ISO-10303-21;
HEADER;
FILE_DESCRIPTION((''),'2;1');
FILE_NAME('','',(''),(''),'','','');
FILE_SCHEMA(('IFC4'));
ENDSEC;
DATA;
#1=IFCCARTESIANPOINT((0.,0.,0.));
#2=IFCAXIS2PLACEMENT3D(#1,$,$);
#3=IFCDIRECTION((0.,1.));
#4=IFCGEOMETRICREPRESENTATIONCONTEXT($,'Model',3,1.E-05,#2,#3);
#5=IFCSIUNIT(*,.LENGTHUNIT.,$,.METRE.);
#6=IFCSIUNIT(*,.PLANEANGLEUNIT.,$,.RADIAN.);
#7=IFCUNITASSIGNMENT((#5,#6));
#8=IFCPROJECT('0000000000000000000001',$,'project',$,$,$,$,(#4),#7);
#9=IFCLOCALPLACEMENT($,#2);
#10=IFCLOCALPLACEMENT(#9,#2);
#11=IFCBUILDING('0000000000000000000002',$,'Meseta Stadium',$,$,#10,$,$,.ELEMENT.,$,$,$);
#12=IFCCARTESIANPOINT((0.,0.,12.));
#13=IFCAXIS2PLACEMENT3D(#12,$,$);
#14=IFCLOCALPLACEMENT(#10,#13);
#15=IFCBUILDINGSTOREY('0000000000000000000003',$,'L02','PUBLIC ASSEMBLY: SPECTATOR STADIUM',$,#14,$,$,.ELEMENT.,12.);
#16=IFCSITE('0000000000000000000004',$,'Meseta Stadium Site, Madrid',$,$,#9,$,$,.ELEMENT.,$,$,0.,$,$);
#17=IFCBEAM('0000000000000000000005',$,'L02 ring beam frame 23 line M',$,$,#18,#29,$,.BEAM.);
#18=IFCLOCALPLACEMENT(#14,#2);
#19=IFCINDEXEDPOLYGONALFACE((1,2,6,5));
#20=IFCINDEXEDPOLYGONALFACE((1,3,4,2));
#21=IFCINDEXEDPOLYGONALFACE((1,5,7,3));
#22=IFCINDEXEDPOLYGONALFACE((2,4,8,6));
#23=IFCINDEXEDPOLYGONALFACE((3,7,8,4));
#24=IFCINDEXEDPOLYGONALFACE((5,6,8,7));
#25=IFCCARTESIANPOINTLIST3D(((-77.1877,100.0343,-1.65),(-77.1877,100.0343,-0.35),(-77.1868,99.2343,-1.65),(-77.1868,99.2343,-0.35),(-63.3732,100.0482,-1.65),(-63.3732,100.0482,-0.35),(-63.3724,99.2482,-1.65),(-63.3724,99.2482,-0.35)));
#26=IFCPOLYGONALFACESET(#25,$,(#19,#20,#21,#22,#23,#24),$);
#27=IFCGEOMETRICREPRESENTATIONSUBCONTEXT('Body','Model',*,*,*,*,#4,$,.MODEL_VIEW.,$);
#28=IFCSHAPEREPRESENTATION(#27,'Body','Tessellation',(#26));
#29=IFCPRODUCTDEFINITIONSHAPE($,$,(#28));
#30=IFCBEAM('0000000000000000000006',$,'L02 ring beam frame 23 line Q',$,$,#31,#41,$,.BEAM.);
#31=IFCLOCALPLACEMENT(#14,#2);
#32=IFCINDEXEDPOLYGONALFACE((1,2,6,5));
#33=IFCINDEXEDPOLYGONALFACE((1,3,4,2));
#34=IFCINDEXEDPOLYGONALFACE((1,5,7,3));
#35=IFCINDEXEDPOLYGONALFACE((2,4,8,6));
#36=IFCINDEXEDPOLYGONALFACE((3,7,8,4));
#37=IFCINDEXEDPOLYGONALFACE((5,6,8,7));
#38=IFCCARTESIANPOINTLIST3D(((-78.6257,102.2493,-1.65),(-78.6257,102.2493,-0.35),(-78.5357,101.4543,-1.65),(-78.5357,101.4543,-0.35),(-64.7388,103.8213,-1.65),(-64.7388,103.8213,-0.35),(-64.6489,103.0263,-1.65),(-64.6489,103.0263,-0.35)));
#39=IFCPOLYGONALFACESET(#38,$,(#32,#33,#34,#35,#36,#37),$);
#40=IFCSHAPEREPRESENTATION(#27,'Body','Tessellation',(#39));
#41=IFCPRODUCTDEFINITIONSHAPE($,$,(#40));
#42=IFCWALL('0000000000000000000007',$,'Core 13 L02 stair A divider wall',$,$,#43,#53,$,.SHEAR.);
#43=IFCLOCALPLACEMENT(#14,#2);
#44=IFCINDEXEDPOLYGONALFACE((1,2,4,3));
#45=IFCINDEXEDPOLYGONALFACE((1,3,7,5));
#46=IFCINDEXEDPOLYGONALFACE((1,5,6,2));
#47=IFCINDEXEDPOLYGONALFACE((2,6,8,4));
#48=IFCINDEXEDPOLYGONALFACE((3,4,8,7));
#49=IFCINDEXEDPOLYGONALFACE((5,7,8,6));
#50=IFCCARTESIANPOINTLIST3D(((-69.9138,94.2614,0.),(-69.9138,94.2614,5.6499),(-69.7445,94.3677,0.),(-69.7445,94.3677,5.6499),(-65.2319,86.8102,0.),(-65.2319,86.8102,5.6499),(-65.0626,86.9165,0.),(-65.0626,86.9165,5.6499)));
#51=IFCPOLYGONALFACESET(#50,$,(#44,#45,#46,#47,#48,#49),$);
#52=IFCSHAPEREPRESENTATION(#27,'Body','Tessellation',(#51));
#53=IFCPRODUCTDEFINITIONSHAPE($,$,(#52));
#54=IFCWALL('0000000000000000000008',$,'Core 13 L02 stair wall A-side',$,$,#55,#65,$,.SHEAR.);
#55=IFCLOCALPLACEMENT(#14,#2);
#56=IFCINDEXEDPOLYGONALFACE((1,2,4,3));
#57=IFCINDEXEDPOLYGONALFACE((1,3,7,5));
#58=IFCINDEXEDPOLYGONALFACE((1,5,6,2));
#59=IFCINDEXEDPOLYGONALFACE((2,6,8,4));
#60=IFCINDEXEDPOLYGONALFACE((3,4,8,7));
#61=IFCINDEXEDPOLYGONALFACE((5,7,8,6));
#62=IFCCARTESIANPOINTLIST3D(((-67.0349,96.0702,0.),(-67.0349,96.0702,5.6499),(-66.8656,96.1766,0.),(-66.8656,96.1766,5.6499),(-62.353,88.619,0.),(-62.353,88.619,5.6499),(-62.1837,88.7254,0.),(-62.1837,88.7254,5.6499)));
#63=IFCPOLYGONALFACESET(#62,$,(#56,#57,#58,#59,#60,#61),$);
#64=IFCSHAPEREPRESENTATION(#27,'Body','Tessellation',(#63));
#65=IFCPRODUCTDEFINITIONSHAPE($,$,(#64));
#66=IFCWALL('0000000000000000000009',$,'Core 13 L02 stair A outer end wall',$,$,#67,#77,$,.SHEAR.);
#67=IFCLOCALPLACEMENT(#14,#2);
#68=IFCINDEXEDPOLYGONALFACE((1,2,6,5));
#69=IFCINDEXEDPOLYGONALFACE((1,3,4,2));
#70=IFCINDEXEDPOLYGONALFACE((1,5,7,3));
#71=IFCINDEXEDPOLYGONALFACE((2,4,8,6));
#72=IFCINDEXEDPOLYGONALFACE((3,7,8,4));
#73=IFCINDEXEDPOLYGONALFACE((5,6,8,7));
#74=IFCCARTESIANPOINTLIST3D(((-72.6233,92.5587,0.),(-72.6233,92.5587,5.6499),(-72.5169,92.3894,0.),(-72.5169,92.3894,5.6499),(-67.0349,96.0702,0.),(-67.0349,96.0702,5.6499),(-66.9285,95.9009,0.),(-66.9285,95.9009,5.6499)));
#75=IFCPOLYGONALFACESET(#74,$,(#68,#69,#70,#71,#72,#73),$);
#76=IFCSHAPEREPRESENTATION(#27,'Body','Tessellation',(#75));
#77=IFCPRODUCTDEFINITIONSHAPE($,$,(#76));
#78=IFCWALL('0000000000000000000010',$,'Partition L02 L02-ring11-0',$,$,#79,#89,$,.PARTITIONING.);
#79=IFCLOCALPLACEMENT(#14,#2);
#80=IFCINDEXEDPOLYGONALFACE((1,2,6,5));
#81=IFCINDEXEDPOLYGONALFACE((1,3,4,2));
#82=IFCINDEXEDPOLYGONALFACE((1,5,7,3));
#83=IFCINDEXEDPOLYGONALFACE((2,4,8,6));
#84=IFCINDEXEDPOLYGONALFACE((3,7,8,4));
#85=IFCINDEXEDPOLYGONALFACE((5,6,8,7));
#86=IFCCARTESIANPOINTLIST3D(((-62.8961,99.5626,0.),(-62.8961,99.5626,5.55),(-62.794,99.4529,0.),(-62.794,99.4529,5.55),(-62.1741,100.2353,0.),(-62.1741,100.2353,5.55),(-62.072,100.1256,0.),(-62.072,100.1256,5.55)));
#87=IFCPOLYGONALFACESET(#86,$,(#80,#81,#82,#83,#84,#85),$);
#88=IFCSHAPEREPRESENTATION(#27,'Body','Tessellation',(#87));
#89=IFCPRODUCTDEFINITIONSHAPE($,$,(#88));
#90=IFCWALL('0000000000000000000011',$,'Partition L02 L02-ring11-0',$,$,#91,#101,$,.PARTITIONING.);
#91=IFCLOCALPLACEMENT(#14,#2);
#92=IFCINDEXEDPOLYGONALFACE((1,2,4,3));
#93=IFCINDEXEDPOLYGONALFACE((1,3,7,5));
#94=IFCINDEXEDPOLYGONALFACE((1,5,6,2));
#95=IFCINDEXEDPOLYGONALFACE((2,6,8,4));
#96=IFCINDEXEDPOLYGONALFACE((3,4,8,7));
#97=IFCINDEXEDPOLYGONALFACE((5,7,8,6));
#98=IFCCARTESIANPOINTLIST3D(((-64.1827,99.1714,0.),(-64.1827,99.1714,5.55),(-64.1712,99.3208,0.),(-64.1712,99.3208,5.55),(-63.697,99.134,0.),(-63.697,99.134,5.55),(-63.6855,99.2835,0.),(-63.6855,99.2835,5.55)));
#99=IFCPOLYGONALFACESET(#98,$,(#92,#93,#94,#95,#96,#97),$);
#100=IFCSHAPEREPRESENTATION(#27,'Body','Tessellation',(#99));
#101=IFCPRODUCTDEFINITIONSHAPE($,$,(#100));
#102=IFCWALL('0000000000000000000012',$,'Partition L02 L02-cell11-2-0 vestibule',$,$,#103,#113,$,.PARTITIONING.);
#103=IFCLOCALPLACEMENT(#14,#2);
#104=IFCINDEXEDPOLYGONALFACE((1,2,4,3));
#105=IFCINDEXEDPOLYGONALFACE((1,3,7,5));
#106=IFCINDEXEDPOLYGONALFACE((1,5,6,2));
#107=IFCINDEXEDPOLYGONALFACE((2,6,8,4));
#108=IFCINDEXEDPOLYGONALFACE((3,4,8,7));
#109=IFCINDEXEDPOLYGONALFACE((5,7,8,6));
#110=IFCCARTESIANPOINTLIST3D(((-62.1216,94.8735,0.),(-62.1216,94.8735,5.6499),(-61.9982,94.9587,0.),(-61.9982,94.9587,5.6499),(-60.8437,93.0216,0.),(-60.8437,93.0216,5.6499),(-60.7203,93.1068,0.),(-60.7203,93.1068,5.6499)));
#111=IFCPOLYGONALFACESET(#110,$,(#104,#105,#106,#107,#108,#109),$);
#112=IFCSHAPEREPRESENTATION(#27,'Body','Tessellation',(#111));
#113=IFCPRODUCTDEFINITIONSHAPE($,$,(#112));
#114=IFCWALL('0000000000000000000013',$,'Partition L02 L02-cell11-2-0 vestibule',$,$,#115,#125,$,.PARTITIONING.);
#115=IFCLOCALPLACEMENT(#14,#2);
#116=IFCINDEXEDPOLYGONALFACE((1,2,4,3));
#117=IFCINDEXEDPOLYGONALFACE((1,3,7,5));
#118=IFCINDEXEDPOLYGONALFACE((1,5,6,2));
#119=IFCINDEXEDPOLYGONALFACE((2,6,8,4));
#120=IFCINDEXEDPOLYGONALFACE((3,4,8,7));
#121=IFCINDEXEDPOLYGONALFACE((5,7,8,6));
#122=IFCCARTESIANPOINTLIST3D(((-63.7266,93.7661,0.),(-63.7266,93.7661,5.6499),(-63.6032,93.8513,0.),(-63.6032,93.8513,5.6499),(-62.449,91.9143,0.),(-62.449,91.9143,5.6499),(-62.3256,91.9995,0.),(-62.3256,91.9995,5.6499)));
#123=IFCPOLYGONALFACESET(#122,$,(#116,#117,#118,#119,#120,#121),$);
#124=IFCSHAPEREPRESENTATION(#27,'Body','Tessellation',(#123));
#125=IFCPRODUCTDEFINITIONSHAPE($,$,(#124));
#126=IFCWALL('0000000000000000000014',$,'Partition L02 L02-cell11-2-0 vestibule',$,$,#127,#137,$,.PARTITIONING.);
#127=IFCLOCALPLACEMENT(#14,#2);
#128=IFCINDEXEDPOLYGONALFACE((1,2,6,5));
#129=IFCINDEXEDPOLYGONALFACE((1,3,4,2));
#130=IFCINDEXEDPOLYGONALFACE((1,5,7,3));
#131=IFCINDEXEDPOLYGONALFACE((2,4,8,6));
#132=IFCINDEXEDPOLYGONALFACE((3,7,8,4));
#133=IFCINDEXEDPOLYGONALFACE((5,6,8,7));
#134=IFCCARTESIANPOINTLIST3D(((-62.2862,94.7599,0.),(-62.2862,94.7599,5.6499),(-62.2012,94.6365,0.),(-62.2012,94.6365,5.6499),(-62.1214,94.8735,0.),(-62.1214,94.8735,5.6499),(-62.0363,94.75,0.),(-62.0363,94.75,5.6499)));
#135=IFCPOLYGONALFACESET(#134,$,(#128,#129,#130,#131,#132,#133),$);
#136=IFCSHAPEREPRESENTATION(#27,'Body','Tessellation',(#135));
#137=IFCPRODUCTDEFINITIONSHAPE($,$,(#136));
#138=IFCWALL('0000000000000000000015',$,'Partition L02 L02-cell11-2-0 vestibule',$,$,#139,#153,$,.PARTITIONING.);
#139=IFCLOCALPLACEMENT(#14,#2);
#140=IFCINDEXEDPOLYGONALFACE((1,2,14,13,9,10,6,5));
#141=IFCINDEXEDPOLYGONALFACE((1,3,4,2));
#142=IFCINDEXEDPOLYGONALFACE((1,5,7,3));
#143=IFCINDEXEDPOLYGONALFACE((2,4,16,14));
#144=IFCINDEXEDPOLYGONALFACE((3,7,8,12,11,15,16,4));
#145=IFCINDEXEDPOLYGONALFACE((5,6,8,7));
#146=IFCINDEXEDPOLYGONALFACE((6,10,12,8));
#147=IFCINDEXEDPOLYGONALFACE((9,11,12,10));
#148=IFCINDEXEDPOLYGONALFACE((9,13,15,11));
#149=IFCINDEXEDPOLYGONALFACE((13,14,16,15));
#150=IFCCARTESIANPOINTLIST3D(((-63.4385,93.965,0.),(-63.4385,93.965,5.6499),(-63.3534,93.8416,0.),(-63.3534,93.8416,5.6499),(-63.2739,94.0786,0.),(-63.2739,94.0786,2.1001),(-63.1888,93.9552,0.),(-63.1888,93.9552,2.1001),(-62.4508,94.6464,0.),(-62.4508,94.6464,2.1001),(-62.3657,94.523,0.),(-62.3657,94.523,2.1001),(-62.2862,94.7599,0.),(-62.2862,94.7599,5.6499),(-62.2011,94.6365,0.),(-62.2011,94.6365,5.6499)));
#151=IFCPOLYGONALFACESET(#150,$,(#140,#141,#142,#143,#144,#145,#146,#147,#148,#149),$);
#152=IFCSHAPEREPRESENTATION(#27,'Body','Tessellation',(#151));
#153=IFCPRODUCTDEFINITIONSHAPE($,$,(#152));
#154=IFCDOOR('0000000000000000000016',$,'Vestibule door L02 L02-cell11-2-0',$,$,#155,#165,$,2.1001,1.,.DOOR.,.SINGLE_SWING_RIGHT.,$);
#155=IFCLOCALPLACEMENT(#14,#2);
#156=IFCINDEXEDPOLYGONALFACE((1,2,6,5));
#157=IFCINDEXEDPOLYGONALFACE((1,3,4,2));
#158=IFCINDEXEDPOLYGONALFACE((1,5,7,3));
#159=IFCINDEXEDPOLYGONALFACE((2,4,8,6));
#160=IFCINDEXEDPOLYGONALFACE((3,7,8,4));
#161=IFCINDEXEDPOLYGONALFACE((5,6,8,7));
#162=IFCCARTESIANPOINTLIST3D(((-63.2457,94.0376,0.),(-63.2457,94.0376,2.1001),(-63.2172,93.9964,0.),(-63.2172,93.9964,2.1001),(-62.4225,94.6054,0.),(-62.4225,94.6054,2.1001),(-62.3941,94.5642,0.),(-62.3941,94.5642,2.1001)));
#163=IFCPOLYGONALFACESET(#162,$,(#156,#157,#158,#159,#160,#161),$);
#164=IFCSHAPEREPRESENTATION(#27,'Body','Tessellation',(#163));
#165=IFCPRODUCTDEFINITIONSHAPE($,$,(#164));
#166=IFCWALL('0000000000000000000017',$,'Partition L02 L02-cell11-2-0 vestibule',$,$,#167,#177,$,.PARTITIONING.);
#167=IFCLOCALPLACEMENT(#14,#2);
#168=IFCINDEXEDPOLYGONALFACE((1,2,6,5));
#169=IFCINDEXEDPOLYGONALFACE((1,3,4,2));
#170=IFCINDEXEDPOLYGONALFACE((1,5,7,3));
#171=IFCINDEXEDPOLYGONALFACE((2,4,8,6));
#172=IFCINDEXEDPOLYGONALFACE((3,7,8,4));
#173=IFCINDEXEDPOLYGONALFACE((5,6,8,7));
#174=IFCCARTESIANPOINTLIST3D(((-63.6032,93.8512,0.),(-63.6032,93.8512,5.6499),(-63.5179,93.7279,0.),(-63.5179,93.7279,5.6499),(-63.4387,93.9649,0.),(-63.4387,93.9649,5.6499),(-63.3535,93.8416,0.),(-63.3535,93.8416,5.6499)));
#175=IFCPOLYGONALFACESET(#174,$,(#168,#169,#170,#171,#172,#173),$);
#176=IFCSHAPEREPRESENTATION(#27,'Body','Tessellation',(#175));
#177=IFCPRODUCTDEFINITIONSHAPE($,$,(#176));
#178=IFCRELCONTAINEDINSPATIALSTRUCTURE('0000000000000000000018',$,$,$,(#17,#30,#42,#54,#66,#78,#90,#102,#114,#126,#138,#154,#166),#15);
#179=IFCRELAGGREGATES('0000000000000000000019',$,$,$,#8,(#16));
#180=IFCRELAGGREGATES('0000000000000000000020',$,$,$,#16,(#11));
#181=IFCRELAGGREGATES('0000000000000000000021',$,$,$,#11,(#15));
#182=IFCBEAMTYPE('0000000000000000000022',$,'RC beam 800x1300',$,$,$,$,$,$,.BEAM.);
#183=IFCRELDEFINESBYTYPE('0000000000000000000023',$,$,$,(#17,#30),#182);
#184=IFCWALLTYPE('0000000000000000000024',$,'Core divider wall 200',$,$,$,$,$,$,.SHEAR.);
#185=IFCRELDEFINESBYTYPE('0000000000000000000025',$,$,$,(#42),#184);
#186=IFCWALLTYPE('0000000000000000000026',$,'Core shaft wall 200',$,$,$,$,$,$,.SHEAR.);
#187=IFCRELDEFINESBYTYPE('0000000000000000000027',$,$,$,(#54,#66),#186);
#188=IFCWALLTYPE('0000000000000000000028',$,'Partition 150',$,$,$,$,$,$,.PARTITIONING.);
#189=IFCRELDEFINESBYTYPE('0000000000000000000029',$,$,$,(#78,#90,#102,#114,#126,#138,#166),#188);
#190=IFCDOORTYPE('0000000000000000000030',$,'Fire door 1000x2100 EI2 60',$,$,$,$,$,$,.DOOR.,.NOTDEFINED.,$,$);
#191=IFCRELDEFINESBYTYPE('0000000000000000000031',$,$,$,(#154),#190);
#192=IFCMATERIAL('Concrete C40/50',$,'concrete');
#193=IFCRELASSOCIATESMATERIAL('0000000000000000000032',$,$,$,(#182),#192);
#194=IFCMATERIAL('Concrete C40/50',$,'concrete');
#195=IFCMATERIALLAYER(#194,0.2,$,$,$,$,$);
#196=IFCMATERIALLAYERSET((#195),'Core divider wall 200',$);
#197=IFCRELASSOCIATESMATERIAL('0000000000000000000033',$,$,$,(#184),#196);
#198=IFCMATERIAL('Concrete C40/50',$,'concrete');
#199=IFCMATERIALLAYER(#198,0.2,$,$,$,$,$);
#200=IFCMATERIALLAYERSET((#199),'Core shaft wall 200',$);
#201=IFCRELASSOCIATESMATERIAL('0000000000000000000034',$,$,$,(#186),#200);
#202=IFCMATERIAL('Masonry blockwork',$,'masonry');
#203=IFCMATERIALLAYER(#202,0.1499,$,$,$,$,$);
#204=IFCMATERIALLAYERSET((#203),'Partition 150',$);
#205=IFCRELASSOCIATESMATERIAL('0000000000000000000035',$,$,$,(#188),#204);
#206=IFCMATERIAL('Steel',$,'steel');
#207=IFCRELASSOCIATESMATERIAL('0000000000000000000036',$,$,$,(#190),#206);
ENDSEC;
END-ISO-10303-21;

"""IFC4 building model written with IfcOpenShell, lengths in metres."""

from ifc_helpers import new_model, si_unit, direction, frame, frame_2d, origin, origin_2d, place, context, subcontext, project, spatial, rectangle, extrude, material, layer, layer_set, material_profile, profile_set, type_object, element, fill, save


model = new_model("IFC4")

# Units and contexts
model_context = context("Model", 3, precision=1e-05, world=origin(), true_north=direction((0.0, 1.0)))
body_context = subcontext(model_context, "Body", "Model", "MODEL_VIEW")
ifc_project = project(units=[si_unit("LENGTHUNIT", "METRE"), si_unit("PLANEANGLEUNIT", "RADIAN")], contexts=[model_context])

# Site, building, storey
site_placement = place(None, origin())
site = spatial("IfcSite", under=ifc_project, at=site_placement, Name="Meseta Stadium Site, Madrid", CompositionType="ELEMENT", RefElevation=0.0)
building_placement = place(site_placement, origin())
building = spatial("IfcBuilding", under=site, at=building_placement, Name="Meseta Stadium", CompositionType="ELEMENT")
storey_placement = place(building_placement, frame((0.0, 0.0, 12.0)))
storey = spatial("IfcBuildingStorey", under=building, at=storey_placement, Name="L02", Description="PUBLIC ASSEMBLY: SPECTATOR STADIUM", CompositionType="ELEMENT", Elevation=12.0)

# Beams
ifc_material_1 = material(Name="Concrete C40/50", Category="concrete")
ifc_material_profile_1 = material_profile(ifc_material_1, rectangle(XDim=0.8, YDim=1.3, at=origin_2d()), Name="RC 800x1300")
ifc_profile_set_1 = profile_set([ifc_material_profile_1], Name="Concrete C40/50")
beam_type_1 = type_object("IfcBeamType", Name="RC beam 800x1300", PredefinedType="BEAM", material=ifc_profile_set_1)
beam_1_placement = place(storey_placement, frame((-63.3728, 99.6482, -1.0), z_axis=(-0.999999, -0.001007, 0.0), x_axis=(0.001007, -0.999999, 0.0)))
element("IfcBeam", 1, at=beam_1_placement, inside=storey, type_object=beam_type_1, Name="L02 ring beam frame 23 line M", PredefinedType="BEAM", context=body_context, shape_type="SweptSolid", body=[
    extrude(rectangle(XDim=0.8, YDim=1.3, at=origin_2d()), origin(), (0.0, 0.0, 1.0), 13.8145),
])
beam_2_placement = place(storey_placement, frame((-64.6938, 103.4238, -1.0), z_axis=(-0.993654, -0.112483, 0.0), x_axis=(0.112483, -0.993654, 0.0)))
element("IfcBeam", 2, at=beam_2_placement, inside=storey, type_object=beam_type_1, Name="L02 ring beam frame 23 line Q", PredefinedType="BEAM", context=body_context, shape_type="SweptSolid", body=[
    extrude(rectangle(XDim=0.8, YDim=1.3, at=origin_2d()), origin(), (0.0, 0.0, 1.0), 13.9756),
])

# Walls
ifc_material_2 = material(Name="Concrete C40/50", Category="concrete")
ifc_layer_1 = layer(ifc_material_2, 0.2)
ifc_layer_set_1 = layer_set([ifc_layer_1], Name="Core divider wall 200")
wall_type_1 = type_object("IfcWallType", Name="Core divider wall 200", PredefinedType="SHEAR", material=ifc_layer_set_1)
wall_1_placement = place(storey_placement, frame((-69.8291, 94.3145, 0.0), z_axis=(0.0, 0.0, 1.0), x_axis=(0.532032, -0.846724, 0.0)))
element("IfcWall", 3, at=wall_1_placement, inside=storey, type_object=wall_type_1, Name="Core 13 L02 stair A divider wall", PredefinedType="SHEAR", context=body_context, shape_type="SweptSolid", body=[
    extrude(rectangle(XDim=8.8, YDim=0.2, at=frame_2d((4.3999, 0.0))), origin(), (0.0, 0.0, 1.0), 5.6499),
])
ifc_material_3 = material(Name="Concrete C40/50", Category="concrete")
ifc_layer_2 = layer(ifc_material_3, 0.2)
ifc_layer_set_2 = layer_set([ifc_layer_2], Name="Core shaft wall 200")
wall_type_2 = type_object("IfcWallType", Name="Core shaft wall 200", PredefinedType="SHEAR", material=ifc_layer_set_2)
wall_2_placement = place(storey_placement, frame((-66.9502, 96.1233, 0.0), z_axis=(0.0, 0.0, 1.0), x_axis=(0.532032, -0.846724, 0.0)))
element("IfcWall", 4, at=wall_2_placement, inside=storey, type_object=wall_type_2, Name="Core 13 L02 stair wall A-side", PredefinedType="SHEAR", context=body_context, shape_type="SweptSolid", body=[
    extrude(rectangle(XDim=8.8, YDim=0.2, at=frame_2d((4.3999, 0.0))), origin(), (0.0, 0.0, 1.0), 5.6499),
])
wall_3_placement = place(storey_placement, frame((-66.9817, 95.9856, 0.0), z_axis=(0.0, 0.0, 1.0), x_axis=(-0.84672, -0.532039, 0.0)))
element("IfcWall", 5, at=wall_3_placement, inside=storey, type_object=wall_type_2, Name="Core 13 L02 stair A outer end wall", PredefinedType="SHEAR", context=body_context, shape_type="SweptSolid", body=[
    extrude(rectangle(XDim=6.6001, YDim=0.2, at=frame_2d((3.3, 0.0))), origin(), (0.0, 0.0, 1.0), 5.6499),
])
ifc_material_4 = material(Name="Masonry blockwork", Category="masonry")
ifc_layer_3 = layer(ifc_material_4, 0.1499)
ifc_layer_set_3 = layer_set([ifc_layer_3], Name="Partition 150")
wall_type_3 = type_object("IfcWallType", Name="Partition 150", PredefinedType="PARTITIONING", material=ifc_layer_set_3)
wall_4_placement = place(storey_placement, frame((-62.123, 100.1804, 0.0), z_axis=(0.0, 0.0, 1.0), x_axis=(-0.731656, -0.681674, 0.0)))
element("IfcWall", 6, at=wall_4_placement, inside=storey, type_object=wall_type_3, Name="Partition L02 L02-ring11-0", PredefinedType="PARTITIONING", context=body_context, shape_type="SweptSolid", body=[
    extrude(rectangle(XDim=0.9868, YDim=0.1499, at=frame_2d((0.4934, 0.0))), origin(), (0.0, 0.0, 1.0), 5.55),
])
wall_5_placement = place(storey_placement, frame((-63.6912, 99.2087, 0.0), z_axis=(0.0, 0.0, 1.0), x_axis=(-0.997054, 0.076696, 0.0)))
element("IfcWall", 7, at=wall_5_placement, inside=storey, type_object=wall_type_3, Name="Partition L02 L02-ring11-0", PredefinedType="PARTITIONING", context=body_context, shape_type="SweptSolid", body=[
    extrude(rectangle(XDim=0.4871, YDim=0.1499, at=frame_2d((0.2437, 0.0))), origin(), (0.0, 0.0, 1.0), 5.55),
])
wall_6_placement = place(storey_placement, frame((-60.782, 93.0642, 0.0), z_axis=(0.0, 0.0, 1.0), x_axis=(-0.567951, 0.823062, 0.0)))
element("IfcWall", 8, at=wall_6_placement, inside=storey, type_object=wall_type_3, Name="Partition L02 L02-cell11-2-0 vestibule", PredefinedType="PARTITIONING", context=body_context, shape_type="SweptSolid", body=[
    extrude(rectangle(XDim=2.25, YDim=0.1499, at=frame_2d((1.125, 0.0))), origin(), (0.0, 0.0, 1.0), 5.6499),
])
wall_7_placement = place(storey_placement, frame((-62.3872, 91.9568, 0.0), z_axis=(0.0, 0.0, 1.0), x_axis=(-0.567877, 0.823113, 0.0)))
element("IfcWall", 9, at=wall_7_placement, inside=storey, type_object=wall_type_3, Name="Partition L02 L02-cell11-2-0 vestibule", PredefinedType="PARTITIONING", context=body_context, shape_type="SweptSolid", body=[
    extrude(rectangle(XDim=2.2498, YDim=0.1499, at=frame_2d((1.125, 0.0))), origin(), (0.0, 0.0, 1.0), 5.6499),
])
wall_8_placement = place(storey_placement, frame((-62.0789, 94.8118, 0.0), z_axis=(0.0, 0.0, 1.0), x_axis=(-0.823508, -0.567305, 0.0)))
element("IfcWall", 10, at=wall_8_placement, inside=storey, type_object=wall_type_3, Name="Partition L02 L02-cell11-2-0 vestibule", PredefinedType="PARTITIONING", context=body_context, shape_type="SweptSolid", body=[
    extrude(rectangle(XDim=0.2002, YDim=0.1499, at=frame_2d((0.1001, 0.0))), origin(), (0.0, 0.0, 1.0), 5.6499),
])

# Wall, opening, door
wall_9_placement = place(storey_placement, frame((-62.2437, 94.6982, 0.0), z_axis=(0.0, 0.0, 1.0), x_axis=(-0.823145, -0.567831, 0.0)))
wall_9 = element("IfcWall", 11, at=wall_9_placement, inside=storey, type_object=wall_type_3, Name="Partition L02 L02-cell11-2-0 vestibule", PredefinedType="PARTITIONING", context=body_context, shape_type="SweptSolid", body=[
    extrude(rectangle(XDim=1.3999, YDim=0.1499, at=frame_2d((0.7, 0.0))), origin(), (0.0, 0.0, 1.0), 5.6499),
])
opening_placement = place(wall_9_placement, frame((0.2, 0.0, 0.0)))
opening = element("IfcOpeningElement", 12, at=opening_placement, cuts=wall_9, PredefinedType="OPENING", context=body_context, shape_type="SweptSolid", body=[
    extrude(rectangle(XDim=1.0, YDim=2.1001, at=frame_2d((0.5, 1.05))), frame((0.0, 0.085, 0.0), z_axis=(0.0, -1.0, 0.0), x_axis=(1.0, 0.0, 0.0)), (0.0, 0.0, 1.0), 0.1699),
])
ifc_material_5 = material(Name="Steel", Category="steel")
door_type = type_object("IfcDoorType", Name="Fire door 1000x2100 EI2 60", OperationType="NOTDEFINED", PredefinedType="DOOR", material=ifc_material_5)
door_placement = place(opening_placement, origin())
door = element("IfcDoor", 13, at=door_placement, inside=storey, type_object=door_type, Name="Vestibule door L02 L02-cell11-2-0", OperationType="SINGLE_SWING_RIGHT", OverallHeight=2.1001, OverallWidth=1.0, PredefinedType="DOOR", context=body_context, shape_type="SweptSolid", body=[
    extrude(rectangle(XDim=1.0, YDim=2.1001, at=frame_2d((0.5, 1.05))), frame((0.0, 0.0249, 0.0), z_axis=(0.0, -1.0, 0.0), x_axis=(1.0, 0.0, 0.0)), (0.0, 0.0, 1.0), 0.05),
])
fill(opening, door)

# Wall
wall_10_placement = place(storey_placement, frame((-63.396, 93.9033, 0.0), z_axis=(0.0, 0.0, 1.0), x_axis=(-0.822544, -0.568702, 0.0)))
element("IfcWall", 14, at=wall_10_placement, inside=storey, type_object=wall_type_3, Name="Partition L02 L02-cell11-2-0 vestibule", PredefinedType="PARTITIONING", context=body_context, shape_type="SweptSolid", body=[
    extrude(rectangle(XDim=0.2, YDim=0.1499, at=frame_2d((0.1001, 0.0))), origin(), (0.0, 0.0, 1.0), 5.6499),
])

save(model, "model.ifc")
